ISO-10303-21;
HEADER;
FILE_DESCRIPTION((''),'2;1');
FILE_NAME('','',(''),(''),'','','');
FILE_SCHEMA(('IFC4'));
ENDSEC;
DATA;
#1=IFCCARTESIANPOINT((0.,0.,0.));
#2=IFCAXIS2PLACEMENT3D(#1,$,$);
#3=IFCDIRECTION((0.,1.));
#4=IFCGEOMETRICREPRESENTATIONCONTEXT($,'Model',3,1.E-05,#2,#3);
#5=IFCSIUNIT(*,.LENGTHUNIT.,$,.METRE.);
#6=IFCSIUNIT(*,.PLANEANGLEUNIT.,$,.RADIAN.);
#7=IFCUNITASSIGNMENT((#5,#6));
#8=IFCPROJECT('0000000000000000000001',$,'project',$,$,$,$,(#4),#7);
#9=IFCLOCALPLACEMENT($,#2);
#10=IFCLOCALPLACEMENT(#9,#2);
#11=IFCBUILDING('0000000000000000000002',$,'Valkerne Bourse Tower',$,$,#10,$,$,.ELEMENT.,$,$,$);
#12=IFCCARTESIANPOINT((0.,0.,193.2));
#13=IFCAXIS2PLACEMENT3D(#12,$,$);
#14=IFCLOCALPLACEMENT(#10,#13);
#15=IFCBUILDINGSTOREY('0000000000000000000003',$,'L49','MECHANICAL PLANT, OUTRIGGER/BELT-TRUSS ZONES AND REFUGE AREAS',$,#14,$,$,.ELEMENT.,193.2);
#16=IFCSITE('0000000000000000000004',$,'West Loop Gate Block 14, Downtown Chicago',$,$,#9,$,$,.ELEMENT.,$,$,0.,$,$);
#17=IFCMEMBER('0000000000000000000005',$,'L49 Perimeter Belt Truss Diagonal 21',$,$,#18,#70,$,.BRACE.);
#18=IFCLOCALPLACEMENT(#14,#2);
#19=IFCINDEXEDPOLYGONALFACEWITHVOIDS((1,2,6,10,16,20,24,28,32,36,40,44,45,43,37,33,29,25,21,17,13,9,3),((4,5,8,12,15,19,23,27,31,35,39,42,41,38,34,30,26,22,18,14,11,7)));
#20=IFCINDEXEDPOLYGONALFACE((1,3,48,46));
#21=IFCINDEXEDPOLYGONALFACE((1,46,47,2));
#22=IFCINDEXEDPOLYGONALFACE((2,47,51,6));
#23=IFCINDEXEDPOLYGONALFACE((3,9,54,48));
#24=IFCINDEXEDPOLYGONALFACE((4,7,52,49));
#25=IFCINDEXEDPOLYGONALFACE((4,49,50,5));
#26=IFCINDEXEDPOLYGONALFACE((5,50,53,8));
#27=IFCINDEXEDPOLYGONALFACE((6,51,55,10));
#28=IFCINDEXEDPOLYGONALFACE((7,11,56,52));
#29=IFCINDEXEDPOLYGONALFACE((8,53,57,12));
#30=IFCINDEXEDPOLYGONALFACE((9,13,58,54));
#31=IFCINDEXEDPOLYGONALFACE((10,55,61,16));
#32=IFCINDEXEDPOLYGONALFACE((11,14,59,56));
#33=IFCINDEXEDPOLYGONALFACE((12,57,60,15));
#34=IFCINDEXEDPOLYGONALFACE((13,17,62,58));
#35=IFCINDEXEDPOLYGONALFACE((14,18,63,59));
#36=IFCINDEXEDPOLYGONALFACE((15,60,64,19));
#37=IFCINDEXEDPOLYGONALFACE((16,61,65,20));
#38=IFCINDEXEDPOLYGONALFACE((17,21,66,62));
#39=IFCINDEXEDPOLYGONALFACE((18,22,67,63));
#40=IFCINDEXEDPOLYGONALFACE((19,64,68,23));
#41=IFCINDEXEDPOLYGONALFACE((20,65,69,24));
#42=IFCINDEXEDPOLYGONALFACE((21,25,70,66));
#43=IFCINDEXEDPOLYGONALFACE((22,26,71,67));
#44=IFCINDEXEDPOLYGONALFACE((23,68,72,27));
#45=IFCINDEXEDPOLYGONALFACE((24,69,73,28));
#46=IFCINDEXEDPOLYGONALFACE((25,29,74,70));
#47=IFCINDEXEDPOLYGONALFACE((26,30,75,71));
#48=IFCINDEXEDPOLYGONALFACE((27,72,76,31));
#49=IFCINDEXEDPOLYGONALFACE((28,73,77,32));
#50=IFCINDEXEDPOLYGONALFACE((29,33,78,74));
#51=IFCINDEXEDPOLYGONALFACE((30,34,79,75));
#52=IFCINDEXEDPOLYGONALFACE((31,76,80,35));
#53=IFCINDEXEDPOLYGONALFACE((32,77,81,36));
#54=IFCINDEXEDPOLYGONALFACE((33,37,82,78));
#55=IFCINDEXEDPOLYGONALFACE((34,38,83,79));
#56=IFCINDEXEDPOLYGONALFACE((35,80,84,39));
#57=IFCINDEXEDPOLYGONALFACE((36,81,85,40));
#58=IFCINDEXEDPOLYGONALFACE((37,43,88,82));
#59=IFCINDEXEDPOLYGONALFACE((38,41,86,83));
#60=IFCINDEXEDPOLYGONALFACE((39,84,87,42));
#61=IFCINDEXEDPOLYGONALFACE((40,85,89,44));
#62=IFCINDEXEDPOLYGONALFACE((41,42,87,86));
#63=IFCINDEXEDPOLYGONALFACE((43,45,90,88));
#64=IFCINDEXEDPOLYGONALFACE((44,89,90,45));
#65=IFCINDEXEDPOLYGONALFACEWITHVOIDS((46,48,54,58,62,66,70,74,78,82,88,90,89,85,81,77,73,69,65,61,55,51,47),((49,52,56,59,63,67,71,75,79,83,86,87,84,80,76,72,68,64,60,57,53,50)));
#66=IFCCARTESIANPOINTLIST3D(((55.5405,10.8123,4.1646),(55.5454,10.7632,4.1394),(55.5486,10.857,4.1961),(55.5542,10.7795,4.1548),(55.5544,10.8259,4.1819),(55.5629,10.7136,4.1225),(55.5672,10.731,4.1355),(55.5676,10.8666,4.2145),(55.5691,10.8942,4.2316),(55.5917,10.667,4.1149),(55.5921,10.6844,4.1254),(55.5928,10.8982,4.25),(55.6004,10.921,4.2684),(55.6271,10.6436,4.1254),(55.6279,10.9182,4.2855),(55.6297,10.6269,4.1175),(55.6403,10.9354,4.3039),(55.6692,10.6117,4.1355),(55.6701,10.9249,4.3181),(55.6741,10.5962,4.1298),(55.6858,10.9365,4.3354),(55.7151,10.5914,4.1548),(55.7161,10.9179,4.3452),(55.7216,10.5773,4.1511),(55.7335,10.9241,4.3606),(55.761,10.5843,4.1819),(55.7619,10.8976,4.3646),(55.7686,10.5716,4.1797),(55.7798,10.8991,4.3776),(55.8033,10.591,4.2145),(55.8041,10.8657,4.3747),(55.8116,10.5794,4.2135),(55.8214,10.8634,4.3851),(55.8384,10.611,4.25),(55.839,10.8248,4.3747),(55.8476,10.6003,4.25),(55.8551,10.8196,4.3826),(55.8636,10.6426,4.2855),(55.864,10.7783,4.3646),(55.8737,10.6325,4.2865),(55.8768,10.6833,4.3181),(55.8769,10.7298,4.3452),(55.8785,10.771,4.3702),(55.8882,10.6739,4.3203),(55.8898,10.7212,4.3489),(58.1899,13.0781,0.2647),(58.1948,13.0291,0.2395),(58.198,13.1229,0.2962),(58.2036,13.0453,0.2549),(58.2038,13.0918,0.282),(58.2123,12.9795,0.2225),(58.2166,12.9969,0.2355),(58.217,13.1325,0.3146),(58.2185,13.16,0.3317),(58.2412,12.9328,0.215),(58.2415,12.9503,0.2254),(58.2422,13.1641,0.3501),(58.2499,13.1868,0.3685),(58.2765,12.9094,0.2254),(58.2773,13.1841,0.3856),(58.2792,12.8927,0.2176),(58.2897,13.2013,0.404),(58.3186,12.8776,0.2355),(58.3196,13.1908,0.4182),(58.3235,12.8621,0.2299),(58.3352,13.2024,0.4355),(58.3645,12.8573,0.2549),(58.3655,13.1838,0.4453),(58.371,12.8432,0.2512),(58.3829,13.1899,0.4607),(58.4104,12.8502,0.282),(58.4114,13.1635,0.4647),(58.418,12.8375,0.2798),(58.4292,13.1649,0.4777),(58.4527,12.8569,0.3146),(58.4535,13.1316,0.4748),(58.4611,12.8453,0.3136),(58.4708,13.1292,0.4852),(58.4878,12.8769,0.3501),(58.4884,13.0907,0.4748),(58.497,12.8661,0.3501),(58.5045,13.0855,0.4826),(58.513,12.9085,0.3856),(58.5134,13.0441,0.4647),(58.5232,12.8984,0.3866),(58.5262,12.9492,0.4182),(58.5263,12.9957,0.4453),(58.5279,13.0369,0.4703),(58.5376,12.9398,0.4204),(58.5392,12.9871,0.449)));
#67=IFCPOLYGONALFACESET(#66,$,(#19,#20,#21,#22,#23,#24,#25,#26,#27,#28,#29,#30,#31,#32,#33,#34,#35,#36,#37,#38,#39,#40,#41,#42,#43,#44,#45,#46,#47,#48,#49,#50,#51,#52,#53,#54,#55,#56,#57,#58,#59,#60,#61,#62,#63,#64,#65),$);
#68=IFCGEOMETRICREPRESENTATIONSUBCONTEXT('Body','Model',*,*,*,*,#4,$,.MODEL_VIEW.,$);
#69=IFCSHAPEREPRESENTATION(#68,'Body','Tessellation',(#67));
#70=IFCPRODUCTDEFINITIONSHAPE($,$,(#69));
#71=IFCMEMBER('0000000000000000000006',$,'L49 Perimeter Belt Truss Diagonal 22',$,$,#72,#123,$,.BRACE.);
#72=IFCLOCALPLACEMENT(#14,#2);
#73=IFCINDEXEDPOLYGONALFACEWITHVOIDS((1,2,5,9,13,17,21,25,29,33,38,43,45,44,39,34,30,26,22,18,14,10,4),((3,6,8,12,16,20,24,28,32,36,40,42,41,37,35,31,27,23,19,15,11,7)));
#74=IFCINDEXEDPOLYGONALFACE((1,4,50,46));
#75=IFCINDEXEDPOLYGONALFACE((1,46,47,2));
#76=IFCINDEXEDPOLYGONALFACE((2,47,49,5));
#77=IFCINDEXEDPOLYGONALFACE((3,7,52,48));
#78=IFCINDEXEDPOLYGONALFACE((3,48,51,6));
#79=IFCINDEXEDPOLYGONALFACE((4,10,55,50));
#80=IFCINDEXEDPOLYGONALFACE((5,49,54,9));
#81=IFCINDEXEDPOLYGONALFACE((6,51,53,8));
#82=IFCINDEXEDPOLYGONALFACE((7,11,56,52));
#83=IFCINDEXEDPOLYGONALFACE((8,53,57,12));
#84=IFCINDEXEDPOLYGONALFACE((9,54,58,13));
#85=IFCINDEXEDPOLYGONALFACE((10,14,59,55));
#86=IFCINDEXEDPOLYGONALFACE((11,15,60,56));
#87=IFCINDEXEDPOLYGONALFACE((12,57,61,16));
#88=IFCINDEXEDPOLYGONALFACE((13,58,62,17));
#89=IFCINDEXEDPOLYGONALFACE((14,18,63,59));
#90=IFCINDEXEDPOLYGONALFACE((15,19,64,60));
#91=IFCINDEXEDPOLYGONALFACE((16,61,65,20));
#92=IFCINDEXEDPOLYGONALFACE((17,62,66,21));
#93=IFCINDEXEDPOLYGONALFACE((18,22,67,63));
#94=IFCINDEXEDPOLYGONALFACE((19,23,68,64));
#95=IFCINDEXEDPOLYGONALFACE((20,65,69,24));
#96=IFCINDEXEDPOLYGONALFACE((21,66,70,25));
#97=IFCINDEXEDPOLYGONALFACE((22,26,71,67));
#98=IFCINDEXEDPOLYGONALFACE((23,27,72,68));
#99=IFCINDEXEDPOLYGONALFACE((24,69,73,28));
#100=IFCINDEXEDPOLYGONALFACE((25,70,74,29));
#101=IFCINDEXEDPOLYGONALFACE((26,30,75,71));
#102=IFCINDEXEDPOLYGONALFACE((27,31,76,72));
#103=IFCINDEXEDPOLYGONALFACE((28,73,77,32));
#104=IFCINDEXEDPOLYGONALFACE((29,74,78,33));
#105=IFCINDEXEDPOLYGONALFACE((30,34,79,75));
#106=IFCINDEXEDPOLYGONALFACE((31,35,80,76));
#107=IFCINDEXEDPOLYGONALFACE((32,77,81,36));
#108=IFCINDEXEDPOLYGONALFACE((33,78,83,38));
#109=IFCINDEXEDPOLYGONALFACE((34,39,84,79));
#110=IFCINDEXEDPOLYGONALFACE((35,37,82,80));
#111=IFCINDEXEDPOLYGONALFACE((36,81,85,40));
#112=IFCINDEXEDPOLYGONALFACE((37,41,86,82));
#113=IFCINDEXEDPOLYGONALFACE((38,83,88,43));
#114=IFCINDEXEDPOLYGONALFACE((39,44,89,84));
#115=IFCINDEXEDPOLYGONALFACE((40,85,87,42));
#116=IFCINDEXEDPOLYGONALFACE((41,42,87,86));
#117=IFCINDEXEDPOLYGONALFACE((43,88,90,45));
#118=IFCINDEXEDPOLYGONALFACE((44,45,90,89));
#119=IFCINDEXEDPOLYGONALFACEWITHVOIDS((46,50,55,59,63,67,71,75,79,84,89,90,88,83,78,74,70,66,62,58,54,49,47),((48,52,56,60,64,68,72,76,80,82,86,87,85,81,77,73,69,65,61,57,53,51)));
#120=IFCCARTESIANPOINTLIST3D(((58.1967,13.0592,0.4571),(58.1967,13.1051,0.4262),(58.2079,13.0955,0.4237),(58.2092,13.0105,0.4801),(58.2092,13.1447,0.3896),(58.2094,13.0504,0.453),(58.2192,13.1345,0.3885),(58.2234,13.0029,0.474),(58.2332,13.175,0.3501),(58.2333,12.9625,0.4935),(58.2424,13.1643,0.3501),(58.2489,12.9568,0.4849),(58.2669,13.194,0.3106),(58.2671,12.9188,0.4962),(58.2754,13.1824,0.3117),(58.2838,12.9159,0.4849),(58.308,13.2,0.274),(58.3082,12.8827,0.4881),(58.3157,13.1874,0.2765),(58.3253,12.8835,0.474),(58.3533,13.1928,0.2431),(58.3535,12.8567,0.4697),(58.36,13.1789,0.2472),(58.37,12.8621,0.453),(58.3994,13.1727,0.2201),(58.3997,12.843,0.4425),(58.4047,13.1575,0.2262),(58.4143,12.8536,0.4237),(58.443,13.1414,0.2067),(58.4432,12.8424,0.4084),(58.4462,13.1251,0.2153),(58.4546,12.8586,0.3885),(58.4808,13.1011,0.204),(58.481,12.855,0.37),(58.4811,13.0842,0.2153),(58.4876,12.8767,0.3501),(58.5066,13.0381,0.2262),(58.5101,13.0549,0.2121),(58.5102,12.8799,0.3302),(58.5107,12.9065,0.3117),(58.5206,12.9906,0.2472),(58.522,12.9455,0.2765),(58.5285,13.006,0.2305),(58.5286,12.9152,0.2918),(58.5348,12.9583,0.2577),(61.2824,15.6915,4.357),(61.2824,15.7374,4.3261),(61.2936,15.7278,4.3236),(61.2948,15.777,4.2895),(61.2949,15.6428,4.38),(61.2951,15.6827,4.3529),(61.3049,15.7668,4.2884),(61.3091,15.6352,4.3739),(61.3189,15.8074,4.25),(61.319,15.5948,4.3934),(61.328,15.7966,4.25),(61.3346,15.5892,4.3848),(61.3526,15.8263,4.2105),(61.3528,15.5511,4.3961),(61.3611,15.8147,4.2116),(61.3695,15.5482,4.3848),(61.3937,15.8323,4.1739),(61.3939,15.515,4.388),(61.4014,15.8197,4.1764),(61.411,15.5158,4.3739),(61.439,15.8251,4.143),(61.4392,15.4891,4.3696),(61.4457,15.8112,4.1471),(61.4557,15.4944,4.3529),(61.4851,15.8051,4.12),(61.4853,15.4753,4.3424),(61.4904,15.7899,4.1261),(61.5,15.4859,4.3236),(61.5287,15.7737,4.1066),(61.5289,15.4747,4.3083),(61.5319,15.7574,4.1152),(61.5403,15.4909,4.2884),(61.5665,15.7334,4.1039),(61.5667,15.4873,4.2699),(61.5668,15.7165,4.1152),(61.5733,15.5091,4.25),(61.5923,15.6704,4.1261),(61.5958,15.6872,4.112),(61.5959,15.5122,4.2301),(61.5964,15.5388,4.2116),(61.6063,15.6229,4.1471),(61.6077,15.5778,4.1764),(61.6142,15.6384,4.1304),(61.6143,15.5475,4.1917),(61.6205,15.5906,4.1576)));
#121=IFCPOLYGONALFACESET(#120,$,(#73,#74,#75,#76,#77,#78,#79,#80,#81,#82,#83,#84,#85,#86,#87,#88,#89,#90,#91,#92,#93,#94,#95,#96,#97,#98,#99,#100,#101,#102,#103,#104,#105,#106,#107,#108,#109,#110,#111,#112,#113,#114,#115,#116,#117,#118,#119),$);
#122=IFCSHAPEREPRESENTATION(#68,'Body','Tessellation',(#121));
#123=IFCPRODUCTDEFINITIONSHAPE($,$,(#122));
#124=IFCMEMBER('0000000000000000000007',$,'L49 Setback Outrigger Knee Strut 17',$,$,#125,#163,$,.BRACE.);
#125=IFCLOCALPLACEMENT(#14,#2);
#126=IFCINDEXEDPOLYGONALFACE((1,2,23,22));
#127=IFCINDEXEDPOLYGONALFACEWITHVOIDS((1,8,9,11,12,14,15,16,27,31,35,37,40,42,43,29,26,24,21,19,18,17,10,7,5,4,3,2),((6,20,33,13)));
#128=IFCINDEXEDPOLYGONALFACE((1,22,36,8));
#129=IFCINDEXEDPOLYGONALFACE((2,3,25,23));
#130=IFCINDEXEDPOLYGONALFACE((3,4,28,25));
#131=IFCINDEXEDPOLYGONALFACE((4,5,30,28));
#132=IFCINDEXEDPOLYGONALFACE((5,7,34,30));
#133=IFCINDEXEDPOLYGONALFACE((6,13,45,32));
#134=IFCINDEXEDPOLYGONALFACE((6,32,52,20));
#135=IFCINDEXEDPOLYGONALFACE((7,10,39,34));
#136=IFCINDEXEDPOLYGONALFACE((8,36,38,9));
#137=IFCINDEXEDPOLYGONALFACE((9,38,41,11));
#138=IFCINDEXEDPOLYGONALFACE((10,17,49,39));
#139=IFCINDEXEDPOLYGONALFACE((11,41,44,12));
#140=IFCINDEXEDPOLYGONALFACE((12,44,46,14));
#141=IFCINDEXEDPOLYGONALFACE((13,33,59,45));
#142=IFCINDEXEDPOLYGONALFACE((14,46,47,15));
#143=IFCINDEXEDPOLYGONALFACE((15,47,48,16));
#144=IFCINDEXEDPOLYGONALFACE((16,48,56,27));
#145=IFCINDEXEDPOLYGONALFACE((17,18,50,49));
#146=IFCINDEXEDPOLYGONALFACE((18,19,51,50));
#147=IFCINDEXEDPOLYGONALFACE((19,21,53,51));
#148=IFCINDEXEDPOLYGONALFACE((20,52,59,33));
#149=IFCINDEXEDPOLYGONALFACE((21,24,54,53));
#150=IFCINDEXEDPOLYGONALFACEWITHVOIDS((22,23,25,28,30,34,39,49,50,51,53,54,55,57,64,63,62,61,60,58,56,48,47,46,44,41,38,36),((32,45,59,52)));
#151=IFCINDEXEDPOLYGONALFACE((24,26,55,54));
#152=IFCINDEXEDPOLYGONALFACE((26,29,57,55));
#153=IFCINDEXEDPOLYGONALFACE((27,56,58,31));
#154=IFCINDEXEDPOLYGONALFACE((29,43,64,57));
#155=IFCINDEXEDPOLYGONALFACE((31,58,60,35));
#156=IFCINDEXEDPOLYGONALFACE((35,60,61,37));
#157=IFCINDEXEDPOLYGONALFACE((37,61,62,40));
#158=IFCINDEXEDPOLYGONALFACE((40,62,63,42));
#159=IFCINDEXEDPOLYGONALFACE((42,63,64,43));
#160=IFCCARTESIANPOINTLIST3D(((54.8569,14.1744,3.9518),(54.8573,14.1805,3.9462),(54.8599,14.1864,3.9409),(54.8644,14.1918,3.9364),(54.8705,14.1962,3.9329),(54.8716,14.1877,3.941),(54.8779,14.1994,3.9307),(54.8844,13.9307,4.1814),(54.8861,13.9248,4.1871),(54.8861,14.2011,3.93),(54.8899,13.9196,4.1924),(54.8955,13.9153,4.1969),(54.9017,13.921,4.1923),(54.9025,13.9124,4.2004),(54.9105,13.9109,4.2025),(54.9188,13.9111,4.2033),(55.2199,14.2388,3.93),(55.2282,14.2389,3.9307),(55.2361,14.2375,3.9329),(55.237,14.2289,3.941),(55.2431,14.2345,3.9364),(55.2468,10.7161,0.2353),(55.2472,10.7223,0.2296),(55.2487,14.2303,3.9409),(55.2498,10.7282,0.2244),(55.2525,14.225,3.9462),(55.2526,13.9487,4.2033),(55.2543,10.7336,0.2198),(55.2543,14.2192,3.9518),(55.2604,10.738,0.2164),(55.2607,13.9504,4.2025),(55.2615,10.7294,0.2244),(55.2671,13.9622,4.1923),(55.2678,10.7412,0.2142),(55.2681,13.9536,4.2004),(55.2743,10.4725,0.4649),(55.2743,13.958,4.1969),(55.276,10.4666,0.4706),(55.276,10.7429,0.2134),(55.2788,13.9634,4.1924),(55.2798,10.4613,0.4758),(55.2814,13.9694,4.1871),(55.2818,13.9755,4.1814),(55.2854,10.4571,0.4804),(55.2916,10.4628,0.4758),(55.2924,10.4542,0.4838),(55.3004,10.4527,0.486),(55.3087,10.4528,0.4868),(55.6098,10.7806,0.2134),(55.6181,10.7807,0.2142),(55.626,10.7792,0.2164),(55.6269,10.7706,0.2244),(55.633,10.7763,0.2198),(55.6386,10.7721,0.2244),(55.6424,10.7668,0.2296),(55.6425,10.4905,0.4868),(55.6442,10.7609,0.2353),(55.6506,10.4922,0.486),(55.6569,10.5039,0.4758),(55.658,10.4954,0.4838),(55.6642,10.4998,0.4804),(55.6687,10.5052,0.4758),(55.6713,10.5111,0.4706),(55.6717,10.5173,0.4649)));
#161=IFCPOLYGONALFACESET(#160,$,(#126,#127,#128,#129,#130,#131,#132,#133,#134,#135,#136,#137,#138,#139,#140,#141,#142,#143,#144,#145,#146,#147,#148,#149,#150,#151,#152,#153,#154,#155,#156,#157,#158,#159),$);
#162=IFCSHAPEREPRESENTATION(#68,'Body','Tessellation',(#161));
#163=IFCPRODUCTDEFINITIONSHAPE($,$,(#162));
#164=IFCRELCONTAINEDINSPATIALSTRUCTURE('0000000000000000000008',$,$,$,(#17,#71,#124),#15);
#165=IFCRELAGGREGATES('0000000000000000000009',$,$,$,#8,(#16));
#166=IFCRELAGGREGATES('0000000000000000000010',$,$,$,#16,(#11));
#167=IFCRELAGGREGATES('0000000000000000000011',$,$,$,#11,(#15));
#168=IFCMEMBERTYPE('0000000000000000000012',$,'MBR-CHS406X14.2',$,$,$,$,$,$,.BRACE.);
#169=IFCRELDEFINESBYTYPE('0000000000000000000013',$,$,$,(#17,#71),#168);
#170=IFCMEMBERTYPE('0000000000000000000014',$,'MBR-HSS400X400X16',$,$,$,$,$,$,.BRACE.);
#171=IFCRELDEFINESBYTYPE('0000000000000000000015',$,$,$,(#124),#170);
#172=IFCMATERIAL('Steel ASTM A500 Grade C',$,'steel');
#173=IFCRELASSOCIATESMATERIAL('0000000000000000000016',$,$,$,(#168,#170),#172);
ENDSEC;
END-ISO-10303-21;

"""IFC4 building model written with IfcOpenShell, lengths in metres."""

from ifc_helpers import new_model, si_unit, direction, frame, origin, origin_2d, place, context, subcontext, project, spatial, hollow_rectangle, hollow_circle, extrude, material, material_profile, profile_set, type_object, element, save


model = new_model("IFC4")

# Units and contexts
model_context = context("Model", 3, precision=1e-05, world=origin(), true_north=direction((0.0, 1.0)))
body_context = subcontext(model_context, "Body", "Model", "MODEL_VIEW")
ifc_project = project(units=[si_unit("LENGTHUNIT", "METRE"), si_unit("PLANEANGLEUNIT", "RADIAN")], contexts=[model_context])

# Site, building, storey
site_placement = place(None, origin())
site = spatial("IfcSite", under=ifc_project, at=site_placement, Name="West Loop Gate Block 14, Downtown Chicago", CompositionType="ELEMENT", RefElevation=0.0)
building_placement = place(site_placement, origin())
building = spatial("IfcBuilding", under=site, at=building_placement, Name="Valkerne Bourse Tower", CompositionType="ELEMENT")
storey_placement = place(building_placement, frame((0.0, 0.0, 193.2)))
storey = spatial("IfcBuildingStorey", under=building, at=storey_placement, Name="L49", Description="MECHANICAL PLANT, OUTRIGGER/BELT-TRUSS ZONES AND REFUGE AREAS", CompositionType="ELEMENT", Elevation=193.2)

# Members
ifc_material_1 = material(Name="Steel ASTM A500 Grade C", Category="steel")
ifc_material_profile_1 = material_profile(ifc_material_1, hollow_circle(Radius=0.2031, WallThickness=0.0142, at=origin_2d()), Name="CHS406X14.2")
ifc_profile_set_1 = profile_set([ifc_material_profile_1], Name="Steel ASTM A500 Grade C")
member_type_1 = type_object("IfcMemberType", Name="MBR-CHS406X14.2", PredefinedType="BRACE", material=ifc_profile_set_1)
member_1_placement = place(storey_placement, frame((58.365, 13.0205, 0.3501), z_axis=(-0.506489, -0.433166, 0.745544), x_axis=(0.649955, -0.759973, 0.0)))
element("IfcMember", 1, at=member_1_placement, inside=storey, type_object=member_type_1, Name="L49 Perimeter Belt Truss Diagonal 21", PredefinedType="BRACE", context=body_context, shape_type="SweptSolid", body=[
    extrude(hollow_circle(Radius=0.2031, WallThickness=0.0142, at=origin_2d()), origin(), (0.0, 0.0, 1.0), 5.231),
])
member_2_placement = place(storey_placement, frame((58.365, 13.0205, 0.3501), z_axis=(0.548401, 0.467826, 0.693105), x_axis=(-0.649005, 0.760784, 0.0)))
element("IfcMember", 2, at=member_2_placement, inside=storey, type_object=member_type_1, Name="L49 Perimeter Belt Truss Diagonal 22", PredefinedType="BRACE", context=body_context, shape_type="SweptSolid", body=[
    extrude(hollow_circle(Radius=0.2031, WallThickness=0.0142, at=origin_2d()), origin(), (0.0, 0.0, 1.0), 5.6267),
])
ifc_material_profile_2 = material_profile(ifc_material_1, hollow_rectangle(XDim=0.3999, YDim=0.3999, WallThickness=0.0161, OuterFilletRadius=0.032, at=origin_2d()), Name="HSS400X400X16")
ifc_profile_set_2 = profile_set([ifc_material_profile_2], Name="Steel ASTM A500 Grade C")
member_type_2 = type_object("IfcMemberType", Name="MBR-HSS400X400X16", PredefinedType="BRACE", material=ifc_profile_set_2)
member_3_placement = place(storey_placement, frame((55.4592, 10.6167, 0.3501), z_axis=(-0.076576, 0.679209, 0.72994), x_axis=(-0.993704, -0.112033, 0.0)))
element("IfcMember", 3, at=member_3_placement, inside=storey, type_object=member_type_2, Name="L49 Setback Outrigger Knee Strut 17", PredefinedType="BRACE", context=body_context, shape_type="SweptSolid", body=[
    extrude(hollow_rectangle(XDim=0.3999, YDim=0.3999, WallThickness=0.0161, OuterFilletRadius=0.032, at=origin_2d()), origin(), (0.0, 0.0, 1.0), 5.0916),
])

save(model, "model.ifc")
